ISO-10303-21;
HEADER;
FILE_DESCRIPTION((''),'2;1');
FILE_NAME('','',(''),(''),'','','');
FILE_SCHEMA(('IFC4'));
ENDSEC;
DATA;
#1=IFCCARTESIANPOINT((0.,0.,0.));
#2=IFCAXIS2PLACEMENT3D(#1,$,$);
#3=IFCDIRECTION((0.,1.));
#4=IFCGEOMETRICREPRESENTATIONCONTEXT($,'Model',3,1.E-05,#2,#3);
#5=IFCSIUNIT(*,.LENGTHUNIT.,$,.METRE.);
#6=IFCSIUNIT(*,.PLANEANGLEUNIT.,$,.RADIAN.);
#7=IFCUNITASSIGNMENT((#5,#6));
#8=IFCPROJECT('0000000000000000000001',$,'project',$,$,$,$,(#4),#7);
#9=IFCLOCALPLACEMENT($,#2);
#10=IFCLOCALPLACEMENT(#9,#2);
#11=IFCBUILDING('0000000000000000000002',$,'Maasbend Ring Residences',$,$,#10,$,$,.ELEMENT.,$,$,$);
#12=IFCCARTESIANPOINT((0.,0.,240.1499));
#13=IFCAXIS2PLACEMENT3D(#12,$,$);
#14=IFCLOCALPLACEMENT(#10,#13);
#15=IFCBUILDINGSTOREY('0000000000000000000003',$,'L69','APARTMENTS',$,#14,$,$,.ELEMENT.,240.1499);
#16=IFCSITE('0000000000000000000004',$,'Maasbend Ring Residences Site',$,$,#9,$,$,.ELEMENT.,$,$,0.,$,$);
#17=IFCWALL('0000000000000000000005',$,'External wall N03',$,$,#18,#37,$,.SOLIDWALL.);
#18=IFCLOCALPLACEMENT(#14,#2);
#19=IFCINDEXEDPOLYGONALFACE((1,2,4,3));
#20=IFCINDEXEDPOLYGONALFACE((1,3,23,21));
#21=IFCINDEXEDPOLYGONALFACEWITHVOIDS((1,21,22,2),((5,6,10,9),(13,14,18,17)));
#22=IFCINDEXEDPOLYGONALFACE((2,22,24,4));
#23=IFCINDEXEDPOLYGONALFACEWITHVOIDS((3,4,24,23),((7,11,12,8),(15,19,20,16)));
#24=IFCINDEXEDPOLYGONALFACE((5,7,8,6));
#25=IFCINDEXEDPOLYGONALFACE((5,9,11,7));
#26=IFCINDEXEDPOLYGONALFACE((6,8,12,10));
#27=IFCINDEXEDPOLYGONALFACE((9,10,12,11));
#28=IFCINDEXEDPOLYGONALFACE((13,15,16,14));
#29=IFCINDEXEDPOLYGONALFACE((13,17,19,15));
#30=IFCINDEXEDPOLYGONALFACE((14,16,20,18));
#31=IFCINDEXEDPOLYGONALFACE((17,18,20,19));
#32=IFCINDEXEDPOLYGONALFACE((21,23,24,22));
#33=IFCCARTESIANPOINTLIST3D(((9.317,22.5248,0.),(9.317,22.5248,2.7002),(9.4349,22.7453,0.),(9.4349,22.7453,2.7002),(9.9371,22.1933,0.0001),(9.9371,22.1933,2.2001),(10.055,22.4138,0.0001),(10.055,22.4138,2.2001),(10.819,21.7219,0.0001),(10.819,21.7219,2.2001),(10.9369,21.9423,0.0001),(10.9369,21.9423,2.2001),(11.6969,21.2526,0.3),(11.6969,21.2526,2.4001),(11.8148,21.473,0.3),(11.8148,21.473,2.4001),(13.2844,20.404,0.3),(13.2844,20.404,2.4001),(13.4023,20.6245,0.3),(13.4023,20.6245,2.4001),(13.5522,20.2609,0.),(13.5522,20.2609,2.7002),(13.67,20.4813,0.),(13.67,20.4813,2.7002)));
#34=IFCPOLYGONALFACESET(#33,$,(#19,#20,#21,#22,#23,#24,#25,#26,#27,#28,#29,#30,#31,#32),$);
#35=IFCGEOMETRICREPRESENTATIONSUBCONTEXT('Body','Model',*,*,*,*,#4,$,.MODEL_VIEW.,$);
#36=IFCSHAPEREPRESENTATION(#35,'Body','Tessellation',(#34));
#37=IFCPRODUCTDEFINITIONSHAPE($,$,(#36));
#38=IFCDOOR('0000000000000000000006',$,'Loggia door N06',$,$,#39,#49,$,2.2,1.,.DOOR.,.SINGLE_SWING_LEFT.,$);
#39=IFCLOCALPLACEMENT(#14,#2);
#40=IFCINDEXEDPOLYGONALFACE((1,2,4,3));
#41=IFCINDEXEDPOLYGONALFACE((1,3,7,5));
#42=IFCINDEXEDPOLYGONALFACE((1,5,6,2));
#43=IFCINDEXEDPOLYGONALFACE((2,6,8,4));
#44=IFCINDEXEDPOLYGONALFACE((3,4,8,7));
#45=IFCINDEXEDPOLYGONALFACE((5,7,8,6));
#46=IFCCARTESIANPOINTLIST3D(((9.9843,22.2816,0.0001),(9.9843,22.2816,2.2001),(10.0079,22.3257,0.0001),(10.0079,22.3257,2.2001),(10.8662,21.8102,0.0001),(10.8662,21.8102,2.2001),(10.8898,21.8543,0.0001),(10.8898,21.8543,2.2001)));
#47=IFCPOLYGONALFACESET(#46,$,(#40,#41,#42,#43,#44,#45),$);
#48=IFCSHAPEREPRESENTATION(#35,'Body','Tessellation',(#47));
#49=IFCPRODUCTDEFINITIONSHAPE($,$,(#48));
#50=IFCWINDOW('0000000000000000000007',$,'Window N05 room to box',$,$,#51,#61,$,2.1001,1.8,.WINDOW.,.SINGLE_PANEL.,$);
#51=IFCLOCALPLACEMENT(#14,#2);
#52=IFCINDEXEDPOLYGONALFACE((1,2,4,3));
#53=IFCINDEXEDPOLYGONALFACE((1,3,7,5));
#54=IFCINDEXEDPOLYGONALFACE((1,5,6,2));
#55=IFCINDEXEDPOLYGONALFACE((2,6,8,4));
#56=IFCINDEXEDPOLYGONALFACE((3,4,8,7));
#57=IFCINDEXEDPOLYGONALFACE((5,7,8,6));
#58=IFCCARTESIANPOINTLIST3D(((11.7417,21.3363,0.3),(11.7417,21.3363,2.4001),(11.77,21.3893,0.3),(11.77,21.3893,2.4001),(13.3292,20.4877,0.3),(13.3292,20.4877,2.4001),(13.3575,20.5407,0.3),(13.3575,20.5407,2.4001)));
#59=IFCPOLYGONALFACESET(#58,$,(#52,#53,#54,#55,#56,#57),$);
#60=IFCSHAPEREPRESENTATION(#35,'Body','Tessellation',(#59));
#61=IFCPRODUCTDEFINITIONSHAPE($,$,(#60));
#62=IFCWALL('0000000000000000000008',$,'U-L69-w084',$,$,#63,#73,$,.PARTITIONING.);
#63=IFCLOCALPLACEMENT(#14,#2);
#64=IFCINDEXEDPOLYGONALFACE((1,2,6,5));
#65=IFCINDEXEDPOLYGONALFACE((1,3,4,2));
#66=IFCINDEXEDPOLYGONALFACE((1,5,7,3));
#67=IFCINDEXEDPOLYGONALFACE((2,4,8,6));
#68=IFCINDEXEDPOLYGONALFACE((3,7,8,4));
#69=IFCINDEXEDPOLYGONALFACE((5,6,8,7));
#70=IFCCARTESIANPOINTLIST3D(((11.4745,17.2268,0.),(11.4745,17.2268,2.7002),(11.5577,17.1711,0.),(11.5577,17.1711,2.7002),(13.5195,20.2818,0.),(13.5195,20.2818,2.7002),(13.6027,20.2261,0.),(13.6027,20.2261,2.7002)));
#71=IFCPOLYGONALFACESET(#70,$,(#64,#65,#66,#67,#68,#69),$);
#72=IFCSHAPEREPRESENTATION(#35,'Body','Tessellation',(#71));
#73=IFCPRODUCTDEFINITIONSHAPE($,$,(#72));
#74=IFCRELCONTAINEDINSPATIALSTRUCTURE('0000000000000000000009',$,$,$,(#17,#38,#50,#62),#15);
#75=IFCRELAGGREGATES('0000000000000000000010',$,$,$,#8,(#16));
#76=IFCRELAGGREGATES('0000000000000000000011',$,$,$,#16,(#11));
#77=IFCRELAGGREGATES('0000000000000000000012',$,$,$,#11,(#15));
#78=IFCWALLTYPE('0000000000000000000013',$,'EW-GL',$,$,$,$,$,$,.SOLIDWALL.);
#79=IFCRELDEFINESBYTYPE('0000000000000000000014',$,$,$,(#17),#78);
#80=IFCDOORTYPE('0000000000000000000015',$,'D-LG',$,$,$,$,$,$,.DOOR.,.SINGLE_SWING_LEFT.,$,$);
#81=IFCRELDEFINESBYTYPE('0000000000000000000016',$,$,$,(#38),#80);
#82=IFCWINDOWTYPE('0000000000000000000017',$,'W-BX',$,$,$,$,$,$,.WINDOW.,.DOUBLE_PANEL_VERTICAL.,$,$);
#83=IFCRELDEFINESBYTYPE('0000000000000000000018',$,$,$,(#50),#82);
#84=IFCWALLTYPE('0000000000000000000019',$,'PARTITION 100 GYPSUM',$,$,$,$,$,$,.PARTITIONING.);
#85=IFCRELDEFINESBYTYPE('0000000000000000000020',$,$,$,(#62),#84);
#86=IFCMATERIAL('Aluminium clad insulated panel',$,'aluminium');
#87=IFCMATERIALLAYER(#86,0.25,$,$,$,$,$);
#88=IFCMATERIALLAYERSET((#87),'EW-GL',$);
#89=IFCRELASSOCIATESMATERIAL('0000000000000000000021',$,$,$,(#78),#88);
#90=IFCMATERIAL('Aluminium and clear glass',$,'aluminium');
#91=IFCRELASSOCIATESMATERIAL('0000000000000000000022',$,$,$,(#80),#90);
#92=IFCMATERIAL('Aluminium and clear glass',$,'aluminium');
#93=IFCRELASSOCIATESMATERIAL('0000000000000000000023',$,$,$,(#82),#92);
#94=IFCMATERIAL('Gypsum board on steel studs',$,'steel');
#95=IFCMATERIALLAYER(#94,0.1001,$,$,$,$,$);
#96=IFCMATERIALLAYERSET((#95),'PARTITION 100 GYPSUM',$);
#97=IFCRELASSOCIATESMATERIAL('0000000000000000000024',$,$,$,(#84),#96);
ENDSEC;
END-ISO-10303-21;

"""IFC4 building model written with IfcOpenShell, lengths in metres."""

from ifc_helpers import new_model, si_unit, direction, frame, frame_2d, origin, place, context, subcontext, project, spatial, rectangle, extrude, material, layer, layer_set, type_object, element, fill, save


model = new_model("IFC4")

# Units and contexts
model_context = context("Model", 3, precision=1e-05, world=origin(), true_north=direction((0.0, 1.0)))
body_context = subcontext(model_context, "Body", "Model", "MODEL_VIEW")
ifc_project = project(units=[si_unit("LENGTHUNIT", "METRE"), si_unit("PLANEANGLEUNIT", "RADIAN")], contexts=[model_context])

# Site, building, storey
site_placement = place(None, origin())
site = spatial("IfcSite", under=ifc_project, at=site_placement, Name="Maasbend Ring Residences Site", CompositionType="ELEMENT", RefElevation=0.0)
building_placement = place(site_placement, origin())
building = spatial("IfcBuilding", under=site, at=building_placement, Name="Maasbend Ring Residences", CompositionType="ELEMENT")
storey_placement = place(building_placement, frame((0.0, 0.0, 240.1499)))
storey = spatial("IfcBuildingStorey", under=building, at=storey_placement, Name="L69", Description="APARTMENTS", CompositionType="ELEMENT", Elevation=240.1499)

# Wall, openings, door, window
ifc_material_1 = material(Name="Aluminium clad insulated panel", Category="aluminium")
ifc_layer_1 = layer(ifc_material_1, 0.25)
ifc_layer_set_1 = layer_set([ifc_layer_1], Name="EW-GL")
wall_type_1 = type_object("IfcWallType", Name="EW-GL", PredefinedType="SOLIDWALL", material=ifc_layer_set_1)
ifc_material_2 = material(Name="Aluminium and clear glass", Category="aluminium")
door_type = type_object("IfcDoorType", Name="D-LG", OperationType="SINGLE_SWING_LEFT", PredefinedType="DOOR", material=ifc_material_2)
ifc_material_3 = material(Name="Aluminium and clear glass", Category="aluminium")
window_type_1 = type_object("IfcWindowType", Name="W-BX", PartitioningType="DOUBLE_PANEL_VERTICAL", PredefinedType="WINDOW", material=ifc_material_3)
wall_1_placement = place(storey_placement, frame((13.6111, 20.3711, 0.0), z_axis=(0.0, 0.0, 1.0), x_axis=(-0.881904, 0.47143, 0.0)))
wall_1 = element("IfcWall", 1, at=wall_1_placement, inside=storey, type_object=wall_type_1, Name="External wall N03", PredefinedType="SOLIDWALL", context=body_context, shape_type="SweptSolid", body=[
    extrude(rectangle(XDim=4.8022, YDim=0.25, at=frame_2d((2.4011, 0.0))), origin(), (0.0, 0.0, 1.0), 2.7002),
])
opening_1_placement = place(wall_1_placement, frame((0.3037, 0.0, 0.3)))
opening_1 = element("IfcOpeningElement", 2, at=opening_1_placement, cuts=wall_1, PredefinedType="OPENING", context=body_context, shape_type="SweptSolid", body=[
    extrude(rectangle(XDim=1.8, YDim=2.1001, at=frame_2d((0.8999, 1.05))), frame((0.0, 0.135, 0.0), z_axis=(0.0, -1.0, 0.0), x_axis=(1.0, 0.0, 0.0)), (0.0, 0.0, 1.0), 0.27),
])
opening_2_placement = place(wall_1_placement, frame((3.0991, 0.0, 0.0)))
opening_2 = element("IfcOpeningElement", 3, at=opening_2_placement, cuts=wall_1, PredefinedType="OPENING", context=body_context, shape_type="SweptSolid", body=[
    extrude(rectangle(XDim=1.0, YDim=2.2, at=frame_2d((0.5, 1.1001))), frame((0.0, 0.135, 0.0), z_axis=(0.0, -1.0, 0.0), x_axis=(1.0, 0.0, 0.0)), (0.0, 0.0, 1.0), 0.27),
])
door_1_placement = place(opening_2_placement, origin())
door_1 = element("IfcDoor", 4, at=door_1_placement, inside=storey, type_object=door_type, Name="Loggia door N06", OperationType="SINGLE_SWING_LEFT", OverallHeight=2.2, OverallWidth=1.0, PredefinedType="DOOR", context=body_context, shape_type="SweptSolid", body=[
    extrude(rectangle(XDim=1.0, YDim=2.2, at=frame_2d((0.5, 1.1001))), frame((0.0, 0.0249, 0.0), z_axis=(0.0, -1.0, 0.0), x_axis=(1.0, 0.0, 0.0)), (0.0, 0.0, 1.0), 0.05),
])
fill(opening_2, door_1)
window_1_placement = place(opening_1_placement, origin())
window_1 = element("IfcWindow", 5, at=window_1_placement, inside=storey, type_object=window_type_1, Name="Window N05 room to box", OverallHeight=2.1001, OverallWidth=1.8, PartitioningType="SINGLE_PANEL", PredefinedType="WINDOW", context=body_context, shape_type="SweptSolid", body=[
    extrude(rectangle(XDim=1.8, YDim=2.1001, at=frame_2d((0.8999, 1.05))), frame((0.0, 0.03, 0.0), z_axis=(0.0, -1.0, 0.0), x_axis=(1.0, 0.0, 0.0)), (0.0, 0.0, 1.0), 0.0601),
])
fill(opening_1, window_1)

# Wall
ifc_material_4 = material(Name="Gypsum board on steel studs", Category="steel")
ifc_layer_2 = layer(ifc_material_4, 0.1001)
ifc_layer_set_2 = layer_set([ifc_layer_2], Name="PARTITION 100 GYPSUM")
wall_type_2 = type_object("IfcWallType", Name="PARTITION 100 GYPSUM", PredefinedType="PARTITIONING", material=ifc_layer_set_2)
wall_2_placement = place(storey_placement, frame((11.5161, 17.199, 0.0), z_axis=(0.0, 0.0, 1.0), x_axis=(0.556262, 0.831007, 0.0)))
element("IfcWall", 6, at=wall_2_placement, inside=storey, type_object=wall_type_2, Name="U-L69-w084", PredefinedType="PARTITIONING", context=body_context, shape_type="SweptSolid", body=[
    extrude(rectangle(XDim=3.6763, YDim=0.1001, at=frame_2d((1.8381, 0.0))), origin(), (0.0, 0.0, 1.0), 2.7002),
])

save(model, "model.ifc")
